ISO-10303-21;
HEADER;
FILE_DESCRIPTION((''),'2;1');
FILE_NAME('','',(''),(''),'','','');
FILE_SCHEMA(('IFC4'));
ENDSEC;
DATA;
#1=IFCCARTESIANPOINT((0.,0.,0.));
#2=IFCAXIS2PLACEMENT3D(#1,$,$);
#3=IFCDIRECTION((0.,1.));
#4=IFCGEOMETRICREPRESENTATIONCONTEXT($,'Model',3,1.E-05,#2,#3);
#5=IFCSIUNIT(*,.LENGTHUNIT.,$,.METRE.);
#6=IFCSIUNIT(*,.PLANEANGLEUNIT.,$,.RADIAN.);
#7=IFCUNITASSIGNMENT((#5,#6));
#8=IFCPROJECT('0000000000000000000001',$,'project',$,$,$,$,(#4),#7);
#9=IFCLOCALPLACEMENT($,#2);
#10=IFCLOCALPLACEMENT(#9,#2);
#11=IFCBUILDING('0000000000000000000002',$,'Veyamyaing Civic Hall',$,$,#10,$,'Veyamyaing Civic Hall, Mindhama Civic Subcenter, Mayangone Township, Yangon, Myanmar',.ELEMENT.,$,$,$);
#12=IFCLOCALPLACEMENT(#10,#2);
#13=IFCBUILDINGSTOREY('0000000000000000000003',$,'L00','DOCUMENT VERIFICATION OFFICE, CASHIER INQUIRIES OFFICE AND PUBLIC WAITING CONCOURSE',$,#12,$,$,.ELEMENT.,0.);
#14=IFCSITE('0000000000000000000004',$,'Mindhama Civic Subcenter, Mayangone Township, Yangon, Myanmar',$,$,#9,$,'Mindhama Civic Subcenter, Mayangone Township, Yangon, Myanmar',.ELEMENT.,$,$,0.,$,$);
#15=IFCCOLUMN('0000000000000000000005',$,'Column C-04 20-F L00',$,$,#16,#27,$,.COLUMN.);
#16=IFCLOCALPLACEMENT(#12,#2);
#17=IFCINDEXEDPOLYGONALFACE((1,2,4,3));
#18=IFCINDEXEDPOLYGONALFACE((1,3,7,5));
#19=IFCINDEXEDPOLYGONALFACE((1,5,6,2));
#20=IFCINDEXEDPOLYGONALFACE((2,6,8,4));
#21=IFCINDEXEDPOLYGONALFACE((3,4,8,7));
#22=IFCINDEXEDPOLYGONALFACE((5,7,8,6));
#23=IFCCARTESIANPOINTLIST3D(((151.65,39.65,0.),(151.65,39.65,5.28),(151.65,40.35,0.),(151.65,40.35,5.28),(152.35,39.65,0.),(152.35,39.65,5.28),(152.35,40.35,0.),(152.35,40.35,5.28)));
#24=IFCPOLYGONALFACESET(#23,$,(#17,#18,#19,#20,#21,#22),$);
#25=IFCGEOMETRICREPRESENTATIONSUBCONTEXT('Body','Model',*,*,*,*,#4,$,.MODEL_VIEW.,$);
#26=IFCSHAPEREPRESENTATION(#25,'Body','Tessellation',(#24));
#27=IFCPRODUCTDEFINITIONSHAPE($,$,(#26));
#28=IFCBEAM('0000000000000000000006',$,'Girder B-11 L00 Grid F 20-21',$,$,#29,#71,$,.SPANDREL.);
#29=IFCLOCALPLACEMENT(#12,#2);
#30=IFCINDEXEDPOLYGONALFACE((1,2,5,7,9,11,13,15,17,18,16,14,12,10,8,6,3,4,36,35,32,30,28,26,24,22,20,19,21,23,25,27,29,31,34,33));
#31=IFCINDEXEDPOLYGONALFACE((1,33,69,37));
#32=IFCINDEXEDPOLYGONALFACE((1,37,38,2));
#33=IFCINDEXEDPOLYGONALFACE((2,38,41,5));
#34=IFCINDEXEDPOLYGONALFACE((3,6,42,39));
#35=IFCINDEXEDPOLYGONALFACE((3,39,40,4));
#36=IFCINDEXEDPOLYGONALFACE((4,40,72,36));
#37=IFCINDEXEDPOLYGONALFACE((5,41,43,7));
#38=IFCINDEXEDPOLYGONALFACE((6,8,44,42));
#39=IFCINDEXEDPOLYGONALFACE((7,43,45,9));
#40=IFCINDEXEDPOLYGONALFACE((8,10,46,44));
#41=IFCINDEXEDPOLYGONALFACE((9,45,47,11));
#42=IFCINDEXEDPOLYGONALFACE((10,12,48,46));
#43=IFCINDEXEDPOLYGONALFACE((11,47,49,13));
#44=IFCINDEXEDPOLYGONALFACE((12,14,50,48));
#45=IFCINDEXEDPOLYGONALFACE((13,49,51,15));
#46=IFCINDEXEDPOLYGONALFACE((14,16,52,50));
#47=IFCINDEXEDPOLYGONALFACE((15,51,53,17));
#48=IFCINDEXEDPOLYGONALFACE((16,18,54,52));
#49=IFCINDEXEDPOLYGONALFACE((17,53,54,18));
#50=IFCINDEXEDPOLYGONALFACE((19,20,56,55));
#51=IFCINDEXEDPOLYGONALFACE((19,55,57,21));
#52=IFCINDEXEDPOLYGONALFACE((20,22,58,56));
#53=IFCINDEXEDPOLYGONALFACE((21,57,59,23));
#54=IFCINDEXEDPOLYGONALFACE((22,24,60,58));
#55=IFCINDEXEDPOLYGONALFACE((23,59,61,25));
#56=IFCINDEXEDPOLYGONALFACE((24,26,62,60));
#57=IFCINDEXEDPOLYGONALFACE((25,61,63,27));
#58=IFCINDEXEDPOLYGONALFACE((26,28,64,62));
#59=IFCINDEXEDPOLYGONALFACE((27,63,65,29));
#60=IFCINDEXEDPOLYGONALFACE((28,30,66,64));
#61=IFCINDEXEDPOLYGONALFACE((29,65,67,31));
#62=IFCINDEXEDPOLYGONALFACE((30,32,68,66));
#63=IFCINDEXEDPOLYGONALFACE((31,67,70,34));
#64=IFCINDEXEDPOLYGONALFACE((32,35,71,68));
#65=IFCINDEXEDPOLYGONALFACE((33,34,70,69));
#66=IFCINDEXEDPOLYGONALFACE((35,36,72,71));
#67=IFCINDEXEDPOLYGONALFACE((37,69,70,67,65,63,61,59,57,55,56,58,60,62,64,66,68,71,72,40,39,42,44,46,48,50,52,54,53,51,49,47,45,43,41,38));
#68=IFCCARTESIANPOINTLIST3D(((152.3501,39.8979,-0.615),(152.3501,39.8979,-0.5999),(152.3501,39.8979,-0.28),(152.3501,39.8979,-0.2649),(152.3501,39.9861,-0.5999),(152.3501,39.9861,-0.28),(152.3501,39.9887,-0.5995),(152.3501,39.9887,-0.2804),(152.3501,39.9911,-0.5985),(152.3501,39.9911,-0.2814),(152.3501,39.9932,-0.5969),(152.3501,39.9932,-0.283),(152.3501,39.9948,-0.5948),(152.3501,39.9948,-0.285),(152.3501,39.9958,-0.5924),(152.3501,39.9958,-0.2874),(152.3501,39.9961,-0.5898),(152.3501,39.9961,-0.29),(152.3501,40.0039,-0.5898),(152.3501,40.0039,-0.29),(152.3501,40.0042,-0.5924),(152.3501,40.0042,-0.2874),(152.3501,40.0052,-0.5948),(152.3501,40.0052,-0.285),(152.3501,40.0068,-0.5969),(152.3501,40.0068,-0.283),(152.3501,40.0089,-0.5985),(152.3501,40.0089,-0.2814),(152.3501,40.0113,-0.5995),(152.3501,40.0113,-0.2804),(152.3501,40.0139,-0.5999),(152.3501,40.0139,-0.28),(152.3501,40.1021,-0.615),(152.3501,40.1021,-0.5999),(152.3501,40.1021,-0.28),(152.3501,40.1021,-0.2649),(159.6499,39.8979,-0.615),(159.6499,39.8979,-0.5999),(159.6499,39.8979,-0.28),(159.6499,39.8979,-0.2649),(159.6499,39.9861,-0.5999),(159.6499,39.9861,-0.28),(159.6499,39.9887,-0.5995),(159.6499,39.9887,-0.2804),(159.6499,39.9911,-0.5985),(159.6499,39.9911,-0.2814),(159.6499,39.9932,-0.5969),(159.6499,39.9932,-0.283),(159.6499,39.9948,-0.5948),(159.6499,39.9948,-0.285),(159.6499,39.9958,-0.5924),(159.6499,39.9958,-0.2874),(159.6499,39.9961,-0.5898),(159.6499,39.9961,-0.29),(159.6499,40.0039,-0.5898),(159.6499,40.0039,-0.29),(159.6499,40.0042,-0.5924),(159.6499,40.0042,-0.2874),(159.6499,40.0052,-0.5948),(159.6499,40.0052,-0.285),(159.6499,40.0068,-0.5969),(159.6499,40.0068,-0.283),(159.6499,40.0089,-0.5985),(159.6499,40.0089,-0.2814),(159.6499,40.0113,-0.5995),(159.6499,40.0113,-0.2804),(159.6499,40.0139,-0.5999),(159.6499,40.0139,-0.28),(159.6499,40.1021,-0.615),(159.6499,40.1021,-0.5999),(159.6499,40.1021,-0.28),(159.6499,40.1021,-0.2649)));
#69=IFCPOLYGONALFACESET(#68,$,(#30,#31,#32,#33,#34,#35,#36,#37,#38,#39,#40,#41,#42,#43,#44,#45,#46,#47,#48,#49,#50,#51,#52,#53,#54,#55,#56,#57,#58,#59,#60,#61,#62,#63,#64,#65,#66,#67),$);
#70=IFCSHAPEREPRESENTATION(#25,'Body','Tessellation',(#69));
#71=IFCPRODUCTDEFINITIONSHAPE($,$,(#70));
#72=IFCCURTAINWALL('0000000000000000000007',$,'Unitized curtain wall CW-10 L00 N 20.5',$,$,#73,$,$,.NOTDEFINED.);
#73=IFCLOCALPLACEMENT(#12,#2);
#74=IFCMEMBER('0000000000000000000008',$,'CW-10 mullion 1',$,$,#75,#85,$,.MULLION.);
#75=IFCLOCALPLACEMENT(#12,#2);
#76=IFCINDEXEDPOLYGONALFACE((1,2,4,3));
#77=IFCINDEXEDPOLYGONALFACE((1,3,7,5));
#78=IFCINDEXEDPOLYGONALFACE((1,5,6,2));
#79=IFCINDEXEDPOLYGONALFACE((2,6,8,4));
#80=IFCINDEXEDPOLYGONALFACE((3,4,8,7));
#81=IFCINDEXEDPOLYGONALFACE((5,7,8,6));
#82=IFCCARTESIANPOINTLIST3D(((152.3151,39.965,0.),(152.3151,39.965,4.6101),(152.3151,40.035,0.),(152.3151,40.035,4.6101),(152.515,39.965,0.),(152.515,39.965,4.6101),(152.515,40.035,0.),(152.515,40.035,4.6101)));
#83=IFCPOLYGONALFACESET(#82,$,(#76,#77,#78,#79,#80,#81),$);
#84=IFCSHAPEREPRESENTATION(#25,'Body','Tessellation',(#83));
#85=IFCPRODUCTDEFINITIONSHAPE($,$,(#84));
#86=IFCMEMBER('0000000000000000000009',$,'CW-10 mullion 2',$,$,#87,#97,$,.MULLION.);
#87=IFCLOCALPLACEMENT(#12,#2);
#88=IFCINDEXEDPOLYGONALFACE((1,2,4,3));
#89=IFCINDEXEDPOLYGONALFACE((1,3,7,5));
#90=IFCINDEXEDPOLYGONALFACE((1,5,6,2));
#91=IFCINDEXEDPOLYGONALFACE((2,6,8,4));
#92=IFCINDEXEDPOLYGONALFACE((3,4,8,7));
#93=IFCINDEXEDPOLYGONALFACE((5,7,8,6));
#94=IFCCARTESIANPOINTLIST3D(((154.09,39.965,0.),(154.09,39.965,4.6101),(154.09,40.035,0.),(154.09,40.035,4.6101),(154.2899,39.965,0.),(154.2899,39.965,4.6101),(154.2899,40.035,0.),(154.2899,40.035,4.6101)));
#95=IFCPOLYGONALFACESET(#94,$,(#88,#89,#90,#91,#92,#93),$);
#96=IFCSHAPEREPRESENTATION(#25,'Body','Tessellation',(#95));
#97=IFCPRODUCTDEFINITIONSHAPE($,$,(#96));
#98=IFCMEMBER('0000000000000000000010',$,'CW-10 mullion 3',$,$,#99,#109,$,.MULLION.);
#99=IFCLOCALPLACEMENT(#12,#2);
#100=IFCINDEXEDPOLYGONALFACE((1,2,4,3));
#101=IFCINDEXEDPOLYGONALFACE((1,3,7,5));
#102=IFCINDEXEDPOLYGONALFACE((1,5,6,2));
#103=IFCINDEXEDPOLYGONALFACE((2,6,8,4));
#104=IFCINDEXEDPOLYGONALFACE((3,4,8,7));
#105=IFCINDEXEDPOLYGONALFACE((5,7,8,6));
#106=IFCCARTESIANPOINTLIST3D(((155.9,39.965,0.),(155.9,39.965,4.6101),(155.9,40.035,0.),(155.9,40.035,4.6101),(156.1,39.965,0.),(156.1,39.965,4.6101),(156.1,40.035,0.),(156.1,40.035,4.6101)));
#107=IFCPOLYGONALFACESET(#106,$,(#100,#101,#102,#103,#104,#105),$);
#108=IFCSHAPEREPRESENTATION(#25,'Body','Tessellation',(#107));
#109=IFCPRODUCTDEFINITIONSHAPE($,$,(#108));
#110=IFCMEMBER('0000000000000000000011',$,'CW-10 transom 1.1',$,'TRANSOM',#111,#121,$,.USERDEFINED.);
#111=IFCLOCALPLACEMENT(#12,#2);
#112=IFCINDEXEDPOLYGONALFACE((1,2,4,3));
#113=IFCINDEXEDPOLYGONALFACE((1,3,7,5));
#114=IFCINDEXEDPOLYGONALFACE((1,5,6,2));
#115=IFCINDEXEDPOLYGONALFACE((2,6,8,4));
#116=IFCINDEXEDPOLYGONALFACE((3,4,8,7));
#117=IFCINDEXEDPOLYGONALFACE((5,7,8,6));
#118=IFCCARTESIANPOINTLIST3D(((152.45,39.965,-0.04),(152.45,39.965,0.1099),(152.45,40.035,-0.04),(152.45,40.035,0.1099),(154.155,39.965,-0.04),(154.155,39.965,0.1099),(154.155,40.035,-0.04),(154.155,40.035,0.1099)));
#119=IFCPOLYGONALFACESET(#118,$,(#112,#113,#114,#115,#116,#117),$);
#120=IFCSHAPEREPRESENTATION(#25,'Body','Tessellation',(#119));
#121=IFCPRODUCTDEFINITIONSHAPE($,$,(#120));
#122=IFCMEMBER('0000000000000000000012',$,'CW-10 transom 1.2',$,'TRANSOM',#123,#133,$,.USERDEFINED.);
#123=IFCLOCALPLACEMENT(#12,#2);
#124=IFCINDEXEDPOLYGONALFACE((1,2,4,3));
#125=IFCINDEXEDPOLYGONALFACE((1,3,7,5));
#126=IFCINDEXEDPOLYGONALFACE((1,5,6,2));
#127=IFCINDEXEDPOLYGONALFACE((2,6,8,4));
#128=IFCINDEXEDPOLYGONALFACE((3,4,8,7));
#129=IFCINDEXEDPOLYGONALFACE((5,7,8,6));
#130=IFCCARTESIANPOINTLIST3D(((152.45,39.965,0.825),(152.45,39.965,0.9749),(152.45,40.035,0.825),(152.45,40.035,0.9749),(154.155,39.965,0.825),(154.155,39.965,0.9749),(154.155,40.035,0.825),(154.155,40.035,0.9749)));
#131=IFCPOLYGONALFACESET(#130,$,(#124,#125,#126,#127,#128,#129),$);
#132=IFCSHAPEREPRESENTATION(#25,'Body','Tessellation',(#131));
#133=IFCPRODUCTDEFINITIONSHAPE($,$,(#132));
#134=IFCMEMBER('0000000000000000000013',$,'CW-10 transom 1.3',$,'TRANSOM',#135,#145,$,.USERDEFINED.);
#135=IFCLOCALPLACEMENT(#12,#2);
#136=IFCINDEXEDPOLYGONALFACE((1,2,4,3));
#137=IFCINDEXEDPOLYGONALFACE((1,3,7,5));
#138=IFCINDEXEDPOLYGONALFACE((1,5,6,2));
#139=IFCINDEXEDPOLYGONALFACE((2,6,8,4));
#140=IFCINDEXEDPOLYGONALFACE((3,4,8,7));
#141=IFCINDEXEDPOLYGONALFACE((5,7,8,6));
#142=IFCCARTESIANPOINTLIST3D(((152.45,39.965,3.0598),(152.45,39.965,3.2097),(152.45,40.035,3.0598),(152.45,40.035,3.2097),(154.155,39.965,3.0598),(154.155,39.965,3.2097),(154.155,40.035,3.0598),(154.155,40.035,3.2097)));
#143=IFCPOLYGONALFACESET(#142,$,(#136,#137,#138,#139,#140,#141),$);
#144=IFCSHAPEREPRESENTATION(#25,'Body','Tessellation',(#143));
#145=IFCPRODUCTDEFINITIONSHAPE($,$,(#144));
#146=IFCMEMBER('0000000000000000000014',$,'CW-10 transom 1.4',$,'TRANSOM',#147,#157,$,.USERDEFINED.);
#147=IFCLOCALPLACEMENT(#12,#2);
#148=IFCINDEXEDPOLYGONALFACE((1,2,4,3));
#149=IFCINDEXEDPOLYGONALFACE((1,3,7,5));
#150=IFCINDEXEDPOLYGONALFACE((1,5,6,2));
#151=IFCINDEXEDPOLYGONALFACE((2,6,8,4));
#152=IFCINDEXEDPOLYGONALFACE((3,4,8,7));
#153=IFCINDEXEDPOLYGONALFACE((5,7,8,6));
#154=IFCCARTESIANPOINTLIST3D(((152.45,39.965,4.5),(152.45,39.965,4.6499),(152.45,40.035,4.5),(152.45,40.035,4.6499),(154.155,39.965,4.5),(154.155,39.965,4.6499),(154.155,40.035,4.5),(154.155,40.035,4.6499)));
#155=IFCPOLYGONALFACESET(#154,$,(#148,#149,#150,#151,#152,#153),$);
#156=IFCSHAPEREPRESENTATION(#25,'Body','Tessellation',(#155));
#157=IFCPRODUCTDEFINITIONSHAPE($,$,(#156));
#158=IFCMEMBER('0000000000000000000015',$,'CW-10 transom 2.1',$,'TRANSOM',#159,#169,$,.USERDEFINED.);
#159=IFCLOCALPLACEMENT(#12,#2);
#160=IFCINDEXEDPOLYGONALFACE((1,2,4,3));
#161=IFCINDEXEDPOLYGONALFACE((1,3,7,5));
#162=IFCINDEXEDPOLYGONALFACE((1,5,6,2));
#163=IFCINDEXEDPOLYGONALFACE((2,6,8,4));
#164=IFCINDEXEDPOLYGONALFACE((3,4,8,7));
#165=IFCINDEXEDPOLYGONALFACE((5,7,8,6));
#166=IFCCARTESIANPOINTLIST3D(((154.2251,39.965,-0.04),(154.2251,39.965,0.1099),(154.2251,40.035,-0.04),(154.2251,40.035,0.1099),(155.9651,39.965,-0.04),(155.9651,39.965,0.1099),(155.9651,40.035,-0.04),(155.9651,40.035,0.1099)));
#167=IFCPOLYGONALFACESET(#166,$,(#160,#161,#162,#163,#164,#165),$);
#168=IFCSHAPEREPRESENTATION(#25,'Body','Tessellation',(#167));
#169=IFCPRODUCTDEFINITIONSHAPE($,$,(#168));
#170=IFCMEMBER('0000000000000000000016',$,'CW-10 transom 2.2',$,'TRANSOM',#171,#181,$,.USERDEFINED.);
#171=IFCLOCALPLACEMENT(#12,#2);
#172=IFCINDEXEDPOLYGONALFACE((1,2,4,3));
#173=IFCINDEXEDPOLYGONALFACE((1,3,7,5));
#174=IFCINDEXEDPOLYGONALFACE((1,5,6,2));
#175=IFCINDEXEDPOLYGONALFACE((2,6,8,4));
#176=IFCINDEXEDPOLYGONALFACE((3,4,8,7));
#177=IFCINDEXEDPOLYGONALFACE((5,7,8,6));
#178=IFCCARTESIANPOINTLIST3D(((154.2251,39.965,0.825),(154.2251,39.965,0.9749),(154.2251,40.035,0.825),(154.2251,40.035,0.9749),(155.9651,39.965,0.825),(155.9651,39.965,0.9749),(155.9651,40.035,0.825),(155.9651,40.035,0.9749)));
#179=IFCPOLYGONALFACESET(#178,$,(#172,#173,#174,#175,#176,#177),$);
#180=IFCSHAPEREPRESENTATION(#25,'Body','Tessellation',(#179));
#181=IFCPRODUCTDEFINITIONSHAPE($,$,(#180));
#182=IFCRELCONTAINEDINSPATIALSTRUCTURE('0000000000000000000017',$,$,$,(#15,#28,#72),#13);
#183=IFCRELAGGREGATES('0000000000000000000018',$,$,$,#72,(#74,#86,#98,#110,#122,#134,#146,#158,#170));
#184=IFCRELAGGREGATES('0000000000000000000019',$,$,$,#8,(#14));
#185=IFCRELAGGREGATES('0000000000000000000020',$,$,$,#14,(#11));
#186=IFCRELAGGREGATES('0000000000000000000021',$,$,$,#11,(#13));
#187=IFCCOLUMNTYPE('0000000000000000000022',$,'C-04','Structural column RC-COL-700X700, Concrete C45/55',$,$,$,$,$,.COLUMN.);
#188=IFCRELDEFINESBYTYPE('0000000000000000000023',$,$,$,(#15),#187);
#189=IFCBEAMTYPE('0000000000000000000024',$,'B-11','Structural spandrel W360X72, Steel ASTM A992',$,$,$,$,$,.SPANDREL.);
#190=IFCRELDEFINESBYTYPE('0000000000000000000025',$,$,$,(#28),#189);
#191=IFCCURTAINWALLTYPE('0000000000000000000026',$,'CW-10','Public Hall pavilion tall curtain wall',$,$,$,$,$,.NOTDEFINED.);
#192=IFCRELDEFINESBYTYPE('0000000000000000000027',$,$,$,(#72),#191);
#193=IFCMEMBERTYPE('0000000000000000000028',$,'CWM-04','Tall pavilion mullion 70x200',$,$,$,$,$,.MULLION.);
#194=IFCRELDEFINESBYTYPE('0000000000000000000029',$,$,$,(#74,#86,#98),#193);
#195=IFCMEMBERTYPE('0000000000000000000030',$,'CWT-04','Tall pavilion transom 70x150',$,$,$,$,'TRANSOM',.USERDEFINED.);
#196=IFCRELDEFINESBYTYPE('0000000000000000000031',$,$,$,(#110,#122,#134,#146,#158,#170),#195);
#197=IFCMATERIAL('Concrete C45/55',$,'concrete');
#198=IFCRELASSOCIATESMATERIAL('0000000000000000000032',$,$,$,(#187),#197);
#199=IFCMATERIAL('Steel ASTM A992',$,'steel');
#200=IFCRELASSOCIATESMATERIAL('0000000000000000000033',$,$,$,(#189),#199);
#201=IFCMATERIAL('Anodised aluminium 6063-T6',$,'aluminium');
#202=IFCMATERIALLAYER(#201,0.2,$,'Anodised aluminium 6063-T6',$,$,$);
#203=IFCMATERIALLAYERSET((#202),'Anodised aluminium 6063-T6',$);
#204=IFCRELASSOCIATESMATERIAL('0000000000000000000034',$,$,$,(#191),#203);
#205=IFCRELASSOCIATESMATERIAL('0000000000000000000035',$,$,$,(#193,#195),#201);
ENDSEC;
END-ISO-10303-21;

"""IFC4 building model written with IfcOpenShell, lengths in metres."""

from ifc_helpers import new_model, si_unit, direction, frame, origin, origin_2d, place, context, subcontext, project, spatial, rectangle, i_section, extrude, material, layer, layer_set, material_profile, profile_set, type_object, element, aggregate, save


model = new_model("IFC4")

# Units and contexts
model_context = context("Model", 3, precision=1e-05, world=origin(), true_north=direction((0.0, 1.0)))
body_context = subcontext(model_context, "Body", "Model", "MODEL_VIEW")
ifc_project = project(units=[si_unit("LENGTHUNIT", "METRE"), si_unit("PLANEANGLEUNIT", "RADIAN")], contexts=[model_context])

# Site, building, storey
site_placement = place(None, origin())
site = spatial("IfcSite", under=ifc_project, at=site_placement, Name="Mindhama Civic Subcenter, Mayangone Township, Yangon, Myanmar", LongName="Mindhama Civic Subcenter, Mayangone Township, Yangon, Myanmar", CompositionType="ELEMENT", RefElevation=0.0)
building_placement = place(site_placement, origin())
building = spatial("IfcBuilding", under=site, at=building_placement, Name="Veyamyaing Civic Hall", LongName="Veyamyaing Civic Hall, Mindhama Civic Subcenter, Mayangone Township, Yangon, Myanmar", CompositionType="ELEMENT")
storey_placement = place(building_placement, origin())
storey = spatial("IfcBuildingStorey", under=building, at=storey_placement, Name="L00", Description="DOCUMENT VERIFICATION OFFICE, CASHIER INQUIRIES OFFICE AND PUBLIC WAITING CONCOURSE", CompositionType="ELEMENT", Elevation=0.0)

# Column
ifc_material_1 = material(Name="Concrete C45/55", Category="concrete")
ifc_material_profile_1 = material_profile(ifc_material_1, rectangle(XDim=0.7, YDim=0.7, at=origin_2d()), Name="RC-COL-700X700")
ifc_profile_set_1 = profile_set([ifc_material_profile_1], Name="Concrete C45/55")
column_type = type_object("IfcColumnType", Name="C-04", Description="Structural column RC-COL-700X700, Concrete C45/55", PredefinedType="COLUMN", material=ifc_profile_set_1)
column_placement = place(storey_placement, frame((152.0, 40.0, 0.0), z_axis=(0.0, 0.0, 1.0), x_axis=(1.0, 0.0, 0.0)))
element("IfcColumn", 1, at=column_placement, inside=storey, type_object=column_type, Name="Column C-04 20-F L00", PredefinedType="COLUMN", context=body_context, shape_type="SweptSolid", body=[
    extrude(rectangle(XDim=0.7, YDim=0.7, at=origin_2d()), origin(), (0.0, 0.0, 1.0), 5.28),
])

# Beam
ifc_material_2 = material(Name="Steel ASTM A992", Category="steel")
ifc_material_profile_2 = material_profile(ifc_material_2, i_section(OverallWidth=0.2041, OverallDepth=0.3501, WebThickness=0.0078, FlangeThickness=0.0151, FilletRadius=0.01, at=origin_2d()), Name="W360X72")
ifc_profile_set_2 = profile_set([ifc_material_profile_2], Name="Steel ASTM A992")
beam_type_1 = type_object("IfcBeamType", Name="B-11", Description="Structural spandrel W360X72, Steel ASTM A992", PredefinedType="SPANDREL", material=ifc_profile_set_2)
beam_1_placement = place(storey_placement, frame((152.3501, 40.0, -0.4399), z_axis=(1.0, 0.0, 0.0), x_axis=(0.0, 1.0, 0.0)))
element("IfcBeam", 2, at=beam_1_placement, inside=storey, type_object=beam_type_1, Name="Girder B-11 L00 Grid F 20-21", PredefinedType="SPANDREL", context=body_context, shape_type="SweptSolid", body=[
    extrude(i_section(OverallWidth=0.2041, OverallDepth=0.3501, WebThickness=0.0078, FlangeThickness=0.0151, FilletRadius=0.01, at=origin_2d()), origin(), (0.0, 0.0, 1.0), 7.2998),
])

# Curtain wall, members
ifc_material_3 = material(Name="Anodised aluminium 6063-T6", Category="aluminium")
ifc_layer_1 = layer(ifc_material_3, 0.2, Name="Anodised aluminium 6063-T6")
ifc_layer_set_1 = layer_set([ifc_layer_1], Name="Anodised aluminium 6063-T6")
curtain_wall_type = type_object("IfcCurtainWallType", Name="CW-10", Description="Public Hall pavilion tall curtain wall", PredefinedType="NOTDEFINED", material=ifc_layer_set_1)
curtain_wall_placement = place(storey_placement, origin())
curtain_wall = element("IfcCurtainWall", 3, at=curtain_wall_placement, inside=storey, type_object=curtain_wall_type, Name="Unitized curtain wall CW-10 L00 N 20.5", PredefinedType="NOTDEFINED")
ifc_material_profile_3 = material_profile(ifc_material_3, rectangle(XDim=0.0701, YDim=0.2, at=origin_2d()), Name="ALU-MUL-70X200")
ifc_profile_set_3 = profile_set([ifc_material_profile_3], Name="Anodised aluminium 6063-T6")
member_type_1 = type_object("IfcMemberType", Name="CWM-04", Description="Tall pavilion mullion 70x200", PredefinedType="MULLION", material=ifc_profile_set_3)
member_1_placement = place(storey_placement, frame((152.415, 40.0, 0.0), z_axis=(0.0, 0.0, 1.0), x_axis=(0.0, 1.0, 0.0)))
member_1 = element("IfcMember", 4, at=member_1_placement, type_object=member_type_1, Name="CW-10 mullion 1", PredefinedType="MULLION", context=body_context, shape_type="SweptSolid", body=[
    extrude(rectangle(XDim=0.0701, YDim=0.2, at=origin_2d()), origin(), (0.0, 0.0, 1.0), 4.6101),
])
member_2_placement = place(storey_placement, frame((154.1899, 40.0, 0.0), z_axis=(0.0, 0.0, 1.0), x_axis=(0.0, 1.0, 0.0)))
member_2 = element("IfcMember", 5, at=member_2_placement, type_object=member_type_1, Name="CW-10 mullion 2", PredefinedType="MULLION", context=body_context, shape_type="SweptSolid", body=[
    extrude(rectangle(XDim=0.0701, YDim=0.2, at=origin_2d()), origin(), (0.0, 0.0, 1.0), 4.6101),
])
member_3_placement = place(storey_placement, frame((156.0, 40.0, 0.0), z_axis=(0.0, 0.0, 1.0), x_axis=(0.0, 1.0, 0.0)))
member_3 = element("IfcMember", 6, at=member_3_placement, type_object=member_type_1, Name="CW-10 mullion 3", PredefinedType="MULLION", context=body_context, shape_type="SweptSolid", body=[
    extrude(rectangle(XDim=0.0701, YDim=0.2, at=origin_2d()), origin(), (0.0, 0.0, 1.0), 4.6101),
])
ifc_material_profile_4 = material_profile(ifc_material_3, rectangle(XDim=0.0701, YDim=0.1499, at=origin_2d()), Name="ALU-TRN-70X150")
ifc_profile_set_4 = profile_set([ifc_material_profile_4], Name="Anodised aluminium 6063-T6")
member_type_2 = type_object("IfcMemberType", Name="CWT-04", Description="Tall pavilion transom 70x150", ElementType="TRANSOM", PredefinedType="USERDEFINED", material=ifc_profile_set_4)
member_4_placement = place(storey_placement, frame((152.45, 40.0, 0.0349), z_axis=(1.0, 0.0, 0.0), x_axis=(0.0, 1.0, 0.0)))
member_4 = element("IfcMember", 7, at=member_4_placement, type_object=member_type_2, Name="CW-10 transom 1.1", ObjectType="TRANSOM", PredefinedType="USERDEFINED", context=body_context, shape_type="SweptSolid", body=[
    extrude(rectangle(XDim=0.0701, YDim=0.1499, at=origin_2d()), origin(), (0.0, 0.0, 1.0), 1.7051),
])
member_5_placement = place(storey_placement, frame((152.45, 40.0, 0.8999), z_axis=(1.0, 0.0, 0.0), x_axis=(0.0, 1.0, 0.0)))
member_5 = element("IfcMember", 8, at=member_5_placement, type_object=member_type_2, Name="CW-10 transom 1.2", ObjectType="TRANSOM", PredefinedType="USERDEFINED", context=body_context, shape_type="SweptSolid", body=[
    extrude(rectangle(XDim=0.0701, YDim=0.1499, at=origin_2d()), origin(), (0.0, 0.0, 1.0), 1.7051),
])
member_6_placement = place(storey_placement, frame((152.45, 40.0, 3.1348), z_axis=(1.0, 0.0, 0.0), x_axis=(0.0, 1.0, 0.0)))
member_6 = element("IfcMember", 9, at=member_6_placement, type_object=member_type_2, Name="CW-10 transom 1.3", ObjectType="TRANSOM", PredefinedType="USERDEFINED", context=body_context, shape_type="SweptSolid", body=[
    extrude(rectangle(XDim=0.0701, YDim=0.1499, at=origin_2d()), origin(), (0.0, 0.0, 1.0), 1.7051),
])
member_7_placement = place(storey_placement, frame((152.45, 40.0, 4.575), z_axis=(1.0, 0.0, 0.0), x_axis=(0.0, 1.0, 0.0)))
member_7 = element("IfcMember", 10, at=member_7_placement, type_object=member_type_2, Name="CW-10 transom 1.4", ObjectType="TRANSOM", PredefinedType="USERDEFINED", context=body_context, shape_type="SweptSolid", body=[
    extrude(rectangle(XDim=0.0701, YDim=0.1499, at=origin_2d()), origin(), (0.0, 0.0, 1.0), 1.7051),
])
member_8_placement = place(storey_placement, frame((154.2251, 40.0, 0.0349), z_axis=(1.0, 0.0, 0.0), x_axis=(0.0, 1.0, 0.0)))
member_8 = element("IfcMember", 11, at=member_8_placement, type_object=member_type_2, Name="CW-10 transom 2.1", ObjectType="TRANSOM", PredefinedType="USERDEFINED", context=body_context, shape_type="SweptSolid", body=[
    extrude(rectangle(XDim=0.0701, YDim=0.1499, at=origin_2d()), origin(), (0.0, 0.0, 1.0), 1.74),
])
member_9_placement = place(storey_placement, frame((154.2251, 40.0, 0.8999), z_axis=(1.0, 0.0, 0.0), x_axis=(0.0, 1.0, 0.0)))
member_9 = element("IfcMember", 12, at=member_9_placement, type_object=member_type_2, Name="CW-10 transom 2.2", ObjectType="TRANSOM", PredefinedType="USERDEFINED", context=body_context, shape_type="SweptSolid", body=[
    extrude(rectangle(XDim=0.0701, YDim=0.1499, at=origin_2d()), origin(), (0.0, 0.0, 1.0), 1.74),
])

aggregate(curtain_wall, [member_1, member_2, member_3, member_4, member_5, member_6, member_7, member_8, member_9])

save(model, "model.ifc")
